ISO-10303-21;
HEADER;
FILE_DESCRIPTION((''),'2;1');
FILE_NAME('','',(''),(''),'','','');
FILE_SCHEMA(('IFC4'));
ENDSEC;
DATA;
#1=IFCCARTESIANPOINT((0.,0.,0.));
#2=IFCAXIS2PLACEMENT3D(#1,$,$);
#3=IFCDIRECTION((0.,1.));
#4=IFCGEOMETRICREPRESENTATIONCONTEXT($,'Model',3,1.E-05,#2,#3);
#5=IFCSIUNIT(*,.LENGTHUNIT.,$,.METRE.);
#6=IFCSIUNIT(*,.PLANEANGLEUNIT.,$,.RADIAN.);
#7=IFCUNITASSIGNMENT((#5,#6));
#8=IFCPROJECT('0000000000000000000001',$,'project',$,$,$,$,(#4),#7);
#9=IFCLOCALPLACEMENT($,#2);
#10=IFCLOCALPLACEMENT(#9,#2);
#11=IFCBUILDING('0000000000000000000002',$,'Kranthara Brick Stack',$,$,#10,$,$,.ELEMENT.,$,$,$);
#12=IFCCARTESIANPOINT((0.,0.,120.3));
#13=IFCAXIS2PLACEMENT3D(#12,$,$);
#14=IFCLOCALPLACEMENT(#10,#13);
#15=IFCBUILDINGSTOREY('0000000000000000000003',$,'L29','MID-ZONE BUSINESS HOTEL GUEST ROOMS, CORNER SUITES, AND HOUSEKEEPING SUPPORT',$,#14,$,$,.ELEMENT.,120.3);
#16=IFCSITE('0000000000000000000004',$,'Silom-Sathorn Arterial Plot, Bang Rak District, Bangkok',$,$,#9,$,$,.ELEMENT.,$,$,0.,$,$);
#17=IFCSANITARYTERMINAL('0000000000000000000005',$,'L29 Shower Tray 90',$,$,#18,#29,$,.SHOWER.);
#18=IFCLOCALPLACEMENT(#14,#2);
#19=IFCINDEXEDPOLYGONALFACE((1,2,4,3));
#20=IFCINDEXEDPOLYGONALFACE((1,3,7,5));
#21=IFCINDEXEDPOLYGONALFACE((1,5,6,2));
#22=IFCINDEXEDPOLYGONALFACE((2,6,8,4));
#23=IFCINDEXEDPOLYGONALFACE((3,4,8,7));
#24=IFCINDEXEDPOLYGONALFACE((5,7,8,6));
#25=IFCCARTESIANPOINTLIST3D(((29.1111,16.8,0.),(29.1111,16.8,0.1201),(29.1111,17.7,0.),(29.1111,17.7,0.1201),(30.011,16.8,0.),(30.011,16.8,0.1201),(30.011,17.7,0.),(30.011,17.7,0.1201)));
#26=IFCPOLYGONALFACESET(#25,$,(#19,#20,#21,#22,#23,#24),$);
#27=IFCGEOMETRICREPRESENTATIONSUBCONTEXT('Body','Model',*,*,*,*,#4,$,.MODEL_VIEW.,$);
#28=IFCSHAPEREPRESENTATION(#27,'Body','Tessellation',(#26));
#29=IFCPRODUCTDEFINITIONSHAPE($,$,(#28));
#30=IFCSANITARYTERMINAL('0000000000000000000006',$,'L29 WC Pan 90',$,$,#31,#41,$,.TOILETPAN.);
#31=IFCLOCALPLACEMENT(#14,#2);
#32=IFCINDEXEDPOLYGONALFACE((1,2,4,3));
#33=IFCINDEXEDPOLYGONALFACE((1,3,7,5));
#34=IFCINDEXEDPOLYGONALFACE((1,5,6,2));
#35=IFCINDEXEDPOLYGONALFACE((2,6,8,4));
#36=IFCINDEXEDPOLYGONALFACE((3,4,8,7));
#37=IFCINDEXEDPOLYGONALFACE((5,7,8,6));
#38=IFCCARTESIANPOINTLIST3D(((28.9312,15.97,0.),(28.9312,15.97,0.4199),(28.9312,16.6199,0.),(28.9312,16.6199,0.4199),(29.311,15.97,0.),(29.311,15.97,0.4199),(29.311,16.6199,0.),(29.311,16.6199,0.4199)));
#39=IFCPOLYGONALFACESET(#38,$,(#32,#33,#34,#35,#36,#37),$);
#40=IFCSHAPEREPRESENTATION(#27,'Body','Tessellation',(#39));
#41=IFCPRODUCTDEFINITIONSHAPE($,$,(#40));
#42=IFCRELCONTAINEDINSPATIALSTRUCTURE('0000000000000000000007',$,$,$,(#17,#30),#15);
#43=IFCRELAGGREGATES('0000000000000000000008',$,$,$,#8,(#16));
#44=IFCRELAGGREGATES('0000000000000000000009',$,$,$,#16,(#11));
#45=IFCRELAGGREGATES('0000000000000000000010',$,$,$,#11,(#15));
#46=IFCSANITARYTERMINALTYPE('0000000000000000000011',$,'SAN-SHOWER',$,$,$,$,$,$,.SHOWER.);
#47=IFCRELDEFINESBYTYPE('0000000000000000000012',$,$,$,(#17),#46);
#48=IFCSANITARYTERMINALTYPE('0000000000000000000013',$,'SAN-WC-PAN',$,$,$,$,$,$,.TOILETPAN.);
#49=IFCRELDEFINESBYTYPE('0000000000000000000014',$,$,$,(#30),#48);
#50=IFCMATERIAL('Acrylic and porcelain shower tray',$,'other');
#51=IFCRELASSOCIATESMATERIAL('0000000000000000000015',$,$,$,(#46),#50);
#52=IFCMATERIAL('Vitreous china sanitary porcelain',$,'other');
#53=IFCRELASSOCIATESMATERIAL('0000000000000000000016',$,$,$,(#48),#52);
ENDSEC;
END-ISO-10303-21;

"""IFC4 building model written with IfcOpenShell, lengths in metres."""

from ifc_helpers import new_model, si_unit, direction, frame, origin, origin_2d, place, context, subcontext, project, spatial, rectangle, extrude, material, type_object, element, save


model = new_model("IFC4")

# Units and contexts
model_context = context("Model", 3, precision=1e-05, world=origin(), true_north=direction((0.0, 1.0)))
body_context = subcontext(model_context, "Body", "Model", "MODEL_VIEW")
ifc_project = project(units=[si_unit("LENGTHUNIT", "METRE"), si_unit("PLANEANGLEUNIT", "RADIAN")], contexts=[model_context])

# Site, building, storey
site_placement = place(None, origin())
site = spatial("IfcSite", under=ifc_project, at=site_placement, Name="Silom-Sathorn Arterial Plot, Bang Rak District, Bangkok", CompositionType="ELEMENT", RefElevation=0.0)
building_placement = place(site_placement, origin())
building = spatial("IfcBuilding", under=site, at=building_placement, Name="Kranthara Brick Stack", CompositionType="ELEMENT")
storey_placement = place(building_placement, frame((0.0, 0.0, 120.3)))
storey = spatial("IfcBuildingStorey", under=building, at=storey_placement, Name="L29", Description="MID-ZONE BUSINESS HOTEL GUEST ROOMS, CORNER SUITES, AND HOUSEKEEPING SUPPORT", CompositionType="ELEMENT", Elevation=120.3)

# Sanitary terminals
ifc_material_1 = material(Name="Acrylic and porcelain shower tray", Category="other")
sanitary_terminal_type_1 = type_object("IfcSanitaryTerminalType", Name="SAN-SHOWER", PredefinedType="SHOWER", material=ifc_material_1)
sanitary_terminal_1_placement = place(storey_placement, frame((29.561, 17.25, 0.0), z_axis=(0.0, 0.0, 1.0), x_axis=(1.0, 0.0, 0.0)))
element("IfcSanitaryTerminal", 1, at=sanitary_terminal_1_placement, inside=storey, type_object=sanitary_terminal_type_1, Name="L29 Shower Tray 90", PredefinedType="SHOWER", context=body_context, shape_type="SweptSolid", body=[
    extrude(rectangle(XDim=0.8999, YDim=0.8999, at=origin_2d()), origin(), (0.0, 0.0, 1.0), 0.1201),
])
ifc_material_2 = material(Name="Vitreous china sanitary porcelain", Category="other")
sanitary_terminal_type_2 = type_object("IfcSanitaryTerminalType", Name="SAN-WC-PAN", PredefinedType="TOILETPAN", material=ifc_material_2)
sanitary_terminal_2_placement = place(storey_placement, frame((29.1211, 16.2949, 0.0), z_axis=(0.0, 0.0, 1.0), x_axis=(1.0, 0.0, 0.0)))
element("IfcSanitaryTerminal", 2, at=sanitary_terminal_2_placement, inside=storey, type_object=sanitary_terminal_type_2, Name="L29 WC Pan 90", PredefinedType="TOILETPAN", context=body_context, shape_type="SweptSolid", body=[
    extrude(rectangle(XDim=0.3799, YDim=0.6499, at=origin_2d()), origin(), (0.0, 0.0, 1.0), 0.4199),
])

save(model, "model.ifc")
